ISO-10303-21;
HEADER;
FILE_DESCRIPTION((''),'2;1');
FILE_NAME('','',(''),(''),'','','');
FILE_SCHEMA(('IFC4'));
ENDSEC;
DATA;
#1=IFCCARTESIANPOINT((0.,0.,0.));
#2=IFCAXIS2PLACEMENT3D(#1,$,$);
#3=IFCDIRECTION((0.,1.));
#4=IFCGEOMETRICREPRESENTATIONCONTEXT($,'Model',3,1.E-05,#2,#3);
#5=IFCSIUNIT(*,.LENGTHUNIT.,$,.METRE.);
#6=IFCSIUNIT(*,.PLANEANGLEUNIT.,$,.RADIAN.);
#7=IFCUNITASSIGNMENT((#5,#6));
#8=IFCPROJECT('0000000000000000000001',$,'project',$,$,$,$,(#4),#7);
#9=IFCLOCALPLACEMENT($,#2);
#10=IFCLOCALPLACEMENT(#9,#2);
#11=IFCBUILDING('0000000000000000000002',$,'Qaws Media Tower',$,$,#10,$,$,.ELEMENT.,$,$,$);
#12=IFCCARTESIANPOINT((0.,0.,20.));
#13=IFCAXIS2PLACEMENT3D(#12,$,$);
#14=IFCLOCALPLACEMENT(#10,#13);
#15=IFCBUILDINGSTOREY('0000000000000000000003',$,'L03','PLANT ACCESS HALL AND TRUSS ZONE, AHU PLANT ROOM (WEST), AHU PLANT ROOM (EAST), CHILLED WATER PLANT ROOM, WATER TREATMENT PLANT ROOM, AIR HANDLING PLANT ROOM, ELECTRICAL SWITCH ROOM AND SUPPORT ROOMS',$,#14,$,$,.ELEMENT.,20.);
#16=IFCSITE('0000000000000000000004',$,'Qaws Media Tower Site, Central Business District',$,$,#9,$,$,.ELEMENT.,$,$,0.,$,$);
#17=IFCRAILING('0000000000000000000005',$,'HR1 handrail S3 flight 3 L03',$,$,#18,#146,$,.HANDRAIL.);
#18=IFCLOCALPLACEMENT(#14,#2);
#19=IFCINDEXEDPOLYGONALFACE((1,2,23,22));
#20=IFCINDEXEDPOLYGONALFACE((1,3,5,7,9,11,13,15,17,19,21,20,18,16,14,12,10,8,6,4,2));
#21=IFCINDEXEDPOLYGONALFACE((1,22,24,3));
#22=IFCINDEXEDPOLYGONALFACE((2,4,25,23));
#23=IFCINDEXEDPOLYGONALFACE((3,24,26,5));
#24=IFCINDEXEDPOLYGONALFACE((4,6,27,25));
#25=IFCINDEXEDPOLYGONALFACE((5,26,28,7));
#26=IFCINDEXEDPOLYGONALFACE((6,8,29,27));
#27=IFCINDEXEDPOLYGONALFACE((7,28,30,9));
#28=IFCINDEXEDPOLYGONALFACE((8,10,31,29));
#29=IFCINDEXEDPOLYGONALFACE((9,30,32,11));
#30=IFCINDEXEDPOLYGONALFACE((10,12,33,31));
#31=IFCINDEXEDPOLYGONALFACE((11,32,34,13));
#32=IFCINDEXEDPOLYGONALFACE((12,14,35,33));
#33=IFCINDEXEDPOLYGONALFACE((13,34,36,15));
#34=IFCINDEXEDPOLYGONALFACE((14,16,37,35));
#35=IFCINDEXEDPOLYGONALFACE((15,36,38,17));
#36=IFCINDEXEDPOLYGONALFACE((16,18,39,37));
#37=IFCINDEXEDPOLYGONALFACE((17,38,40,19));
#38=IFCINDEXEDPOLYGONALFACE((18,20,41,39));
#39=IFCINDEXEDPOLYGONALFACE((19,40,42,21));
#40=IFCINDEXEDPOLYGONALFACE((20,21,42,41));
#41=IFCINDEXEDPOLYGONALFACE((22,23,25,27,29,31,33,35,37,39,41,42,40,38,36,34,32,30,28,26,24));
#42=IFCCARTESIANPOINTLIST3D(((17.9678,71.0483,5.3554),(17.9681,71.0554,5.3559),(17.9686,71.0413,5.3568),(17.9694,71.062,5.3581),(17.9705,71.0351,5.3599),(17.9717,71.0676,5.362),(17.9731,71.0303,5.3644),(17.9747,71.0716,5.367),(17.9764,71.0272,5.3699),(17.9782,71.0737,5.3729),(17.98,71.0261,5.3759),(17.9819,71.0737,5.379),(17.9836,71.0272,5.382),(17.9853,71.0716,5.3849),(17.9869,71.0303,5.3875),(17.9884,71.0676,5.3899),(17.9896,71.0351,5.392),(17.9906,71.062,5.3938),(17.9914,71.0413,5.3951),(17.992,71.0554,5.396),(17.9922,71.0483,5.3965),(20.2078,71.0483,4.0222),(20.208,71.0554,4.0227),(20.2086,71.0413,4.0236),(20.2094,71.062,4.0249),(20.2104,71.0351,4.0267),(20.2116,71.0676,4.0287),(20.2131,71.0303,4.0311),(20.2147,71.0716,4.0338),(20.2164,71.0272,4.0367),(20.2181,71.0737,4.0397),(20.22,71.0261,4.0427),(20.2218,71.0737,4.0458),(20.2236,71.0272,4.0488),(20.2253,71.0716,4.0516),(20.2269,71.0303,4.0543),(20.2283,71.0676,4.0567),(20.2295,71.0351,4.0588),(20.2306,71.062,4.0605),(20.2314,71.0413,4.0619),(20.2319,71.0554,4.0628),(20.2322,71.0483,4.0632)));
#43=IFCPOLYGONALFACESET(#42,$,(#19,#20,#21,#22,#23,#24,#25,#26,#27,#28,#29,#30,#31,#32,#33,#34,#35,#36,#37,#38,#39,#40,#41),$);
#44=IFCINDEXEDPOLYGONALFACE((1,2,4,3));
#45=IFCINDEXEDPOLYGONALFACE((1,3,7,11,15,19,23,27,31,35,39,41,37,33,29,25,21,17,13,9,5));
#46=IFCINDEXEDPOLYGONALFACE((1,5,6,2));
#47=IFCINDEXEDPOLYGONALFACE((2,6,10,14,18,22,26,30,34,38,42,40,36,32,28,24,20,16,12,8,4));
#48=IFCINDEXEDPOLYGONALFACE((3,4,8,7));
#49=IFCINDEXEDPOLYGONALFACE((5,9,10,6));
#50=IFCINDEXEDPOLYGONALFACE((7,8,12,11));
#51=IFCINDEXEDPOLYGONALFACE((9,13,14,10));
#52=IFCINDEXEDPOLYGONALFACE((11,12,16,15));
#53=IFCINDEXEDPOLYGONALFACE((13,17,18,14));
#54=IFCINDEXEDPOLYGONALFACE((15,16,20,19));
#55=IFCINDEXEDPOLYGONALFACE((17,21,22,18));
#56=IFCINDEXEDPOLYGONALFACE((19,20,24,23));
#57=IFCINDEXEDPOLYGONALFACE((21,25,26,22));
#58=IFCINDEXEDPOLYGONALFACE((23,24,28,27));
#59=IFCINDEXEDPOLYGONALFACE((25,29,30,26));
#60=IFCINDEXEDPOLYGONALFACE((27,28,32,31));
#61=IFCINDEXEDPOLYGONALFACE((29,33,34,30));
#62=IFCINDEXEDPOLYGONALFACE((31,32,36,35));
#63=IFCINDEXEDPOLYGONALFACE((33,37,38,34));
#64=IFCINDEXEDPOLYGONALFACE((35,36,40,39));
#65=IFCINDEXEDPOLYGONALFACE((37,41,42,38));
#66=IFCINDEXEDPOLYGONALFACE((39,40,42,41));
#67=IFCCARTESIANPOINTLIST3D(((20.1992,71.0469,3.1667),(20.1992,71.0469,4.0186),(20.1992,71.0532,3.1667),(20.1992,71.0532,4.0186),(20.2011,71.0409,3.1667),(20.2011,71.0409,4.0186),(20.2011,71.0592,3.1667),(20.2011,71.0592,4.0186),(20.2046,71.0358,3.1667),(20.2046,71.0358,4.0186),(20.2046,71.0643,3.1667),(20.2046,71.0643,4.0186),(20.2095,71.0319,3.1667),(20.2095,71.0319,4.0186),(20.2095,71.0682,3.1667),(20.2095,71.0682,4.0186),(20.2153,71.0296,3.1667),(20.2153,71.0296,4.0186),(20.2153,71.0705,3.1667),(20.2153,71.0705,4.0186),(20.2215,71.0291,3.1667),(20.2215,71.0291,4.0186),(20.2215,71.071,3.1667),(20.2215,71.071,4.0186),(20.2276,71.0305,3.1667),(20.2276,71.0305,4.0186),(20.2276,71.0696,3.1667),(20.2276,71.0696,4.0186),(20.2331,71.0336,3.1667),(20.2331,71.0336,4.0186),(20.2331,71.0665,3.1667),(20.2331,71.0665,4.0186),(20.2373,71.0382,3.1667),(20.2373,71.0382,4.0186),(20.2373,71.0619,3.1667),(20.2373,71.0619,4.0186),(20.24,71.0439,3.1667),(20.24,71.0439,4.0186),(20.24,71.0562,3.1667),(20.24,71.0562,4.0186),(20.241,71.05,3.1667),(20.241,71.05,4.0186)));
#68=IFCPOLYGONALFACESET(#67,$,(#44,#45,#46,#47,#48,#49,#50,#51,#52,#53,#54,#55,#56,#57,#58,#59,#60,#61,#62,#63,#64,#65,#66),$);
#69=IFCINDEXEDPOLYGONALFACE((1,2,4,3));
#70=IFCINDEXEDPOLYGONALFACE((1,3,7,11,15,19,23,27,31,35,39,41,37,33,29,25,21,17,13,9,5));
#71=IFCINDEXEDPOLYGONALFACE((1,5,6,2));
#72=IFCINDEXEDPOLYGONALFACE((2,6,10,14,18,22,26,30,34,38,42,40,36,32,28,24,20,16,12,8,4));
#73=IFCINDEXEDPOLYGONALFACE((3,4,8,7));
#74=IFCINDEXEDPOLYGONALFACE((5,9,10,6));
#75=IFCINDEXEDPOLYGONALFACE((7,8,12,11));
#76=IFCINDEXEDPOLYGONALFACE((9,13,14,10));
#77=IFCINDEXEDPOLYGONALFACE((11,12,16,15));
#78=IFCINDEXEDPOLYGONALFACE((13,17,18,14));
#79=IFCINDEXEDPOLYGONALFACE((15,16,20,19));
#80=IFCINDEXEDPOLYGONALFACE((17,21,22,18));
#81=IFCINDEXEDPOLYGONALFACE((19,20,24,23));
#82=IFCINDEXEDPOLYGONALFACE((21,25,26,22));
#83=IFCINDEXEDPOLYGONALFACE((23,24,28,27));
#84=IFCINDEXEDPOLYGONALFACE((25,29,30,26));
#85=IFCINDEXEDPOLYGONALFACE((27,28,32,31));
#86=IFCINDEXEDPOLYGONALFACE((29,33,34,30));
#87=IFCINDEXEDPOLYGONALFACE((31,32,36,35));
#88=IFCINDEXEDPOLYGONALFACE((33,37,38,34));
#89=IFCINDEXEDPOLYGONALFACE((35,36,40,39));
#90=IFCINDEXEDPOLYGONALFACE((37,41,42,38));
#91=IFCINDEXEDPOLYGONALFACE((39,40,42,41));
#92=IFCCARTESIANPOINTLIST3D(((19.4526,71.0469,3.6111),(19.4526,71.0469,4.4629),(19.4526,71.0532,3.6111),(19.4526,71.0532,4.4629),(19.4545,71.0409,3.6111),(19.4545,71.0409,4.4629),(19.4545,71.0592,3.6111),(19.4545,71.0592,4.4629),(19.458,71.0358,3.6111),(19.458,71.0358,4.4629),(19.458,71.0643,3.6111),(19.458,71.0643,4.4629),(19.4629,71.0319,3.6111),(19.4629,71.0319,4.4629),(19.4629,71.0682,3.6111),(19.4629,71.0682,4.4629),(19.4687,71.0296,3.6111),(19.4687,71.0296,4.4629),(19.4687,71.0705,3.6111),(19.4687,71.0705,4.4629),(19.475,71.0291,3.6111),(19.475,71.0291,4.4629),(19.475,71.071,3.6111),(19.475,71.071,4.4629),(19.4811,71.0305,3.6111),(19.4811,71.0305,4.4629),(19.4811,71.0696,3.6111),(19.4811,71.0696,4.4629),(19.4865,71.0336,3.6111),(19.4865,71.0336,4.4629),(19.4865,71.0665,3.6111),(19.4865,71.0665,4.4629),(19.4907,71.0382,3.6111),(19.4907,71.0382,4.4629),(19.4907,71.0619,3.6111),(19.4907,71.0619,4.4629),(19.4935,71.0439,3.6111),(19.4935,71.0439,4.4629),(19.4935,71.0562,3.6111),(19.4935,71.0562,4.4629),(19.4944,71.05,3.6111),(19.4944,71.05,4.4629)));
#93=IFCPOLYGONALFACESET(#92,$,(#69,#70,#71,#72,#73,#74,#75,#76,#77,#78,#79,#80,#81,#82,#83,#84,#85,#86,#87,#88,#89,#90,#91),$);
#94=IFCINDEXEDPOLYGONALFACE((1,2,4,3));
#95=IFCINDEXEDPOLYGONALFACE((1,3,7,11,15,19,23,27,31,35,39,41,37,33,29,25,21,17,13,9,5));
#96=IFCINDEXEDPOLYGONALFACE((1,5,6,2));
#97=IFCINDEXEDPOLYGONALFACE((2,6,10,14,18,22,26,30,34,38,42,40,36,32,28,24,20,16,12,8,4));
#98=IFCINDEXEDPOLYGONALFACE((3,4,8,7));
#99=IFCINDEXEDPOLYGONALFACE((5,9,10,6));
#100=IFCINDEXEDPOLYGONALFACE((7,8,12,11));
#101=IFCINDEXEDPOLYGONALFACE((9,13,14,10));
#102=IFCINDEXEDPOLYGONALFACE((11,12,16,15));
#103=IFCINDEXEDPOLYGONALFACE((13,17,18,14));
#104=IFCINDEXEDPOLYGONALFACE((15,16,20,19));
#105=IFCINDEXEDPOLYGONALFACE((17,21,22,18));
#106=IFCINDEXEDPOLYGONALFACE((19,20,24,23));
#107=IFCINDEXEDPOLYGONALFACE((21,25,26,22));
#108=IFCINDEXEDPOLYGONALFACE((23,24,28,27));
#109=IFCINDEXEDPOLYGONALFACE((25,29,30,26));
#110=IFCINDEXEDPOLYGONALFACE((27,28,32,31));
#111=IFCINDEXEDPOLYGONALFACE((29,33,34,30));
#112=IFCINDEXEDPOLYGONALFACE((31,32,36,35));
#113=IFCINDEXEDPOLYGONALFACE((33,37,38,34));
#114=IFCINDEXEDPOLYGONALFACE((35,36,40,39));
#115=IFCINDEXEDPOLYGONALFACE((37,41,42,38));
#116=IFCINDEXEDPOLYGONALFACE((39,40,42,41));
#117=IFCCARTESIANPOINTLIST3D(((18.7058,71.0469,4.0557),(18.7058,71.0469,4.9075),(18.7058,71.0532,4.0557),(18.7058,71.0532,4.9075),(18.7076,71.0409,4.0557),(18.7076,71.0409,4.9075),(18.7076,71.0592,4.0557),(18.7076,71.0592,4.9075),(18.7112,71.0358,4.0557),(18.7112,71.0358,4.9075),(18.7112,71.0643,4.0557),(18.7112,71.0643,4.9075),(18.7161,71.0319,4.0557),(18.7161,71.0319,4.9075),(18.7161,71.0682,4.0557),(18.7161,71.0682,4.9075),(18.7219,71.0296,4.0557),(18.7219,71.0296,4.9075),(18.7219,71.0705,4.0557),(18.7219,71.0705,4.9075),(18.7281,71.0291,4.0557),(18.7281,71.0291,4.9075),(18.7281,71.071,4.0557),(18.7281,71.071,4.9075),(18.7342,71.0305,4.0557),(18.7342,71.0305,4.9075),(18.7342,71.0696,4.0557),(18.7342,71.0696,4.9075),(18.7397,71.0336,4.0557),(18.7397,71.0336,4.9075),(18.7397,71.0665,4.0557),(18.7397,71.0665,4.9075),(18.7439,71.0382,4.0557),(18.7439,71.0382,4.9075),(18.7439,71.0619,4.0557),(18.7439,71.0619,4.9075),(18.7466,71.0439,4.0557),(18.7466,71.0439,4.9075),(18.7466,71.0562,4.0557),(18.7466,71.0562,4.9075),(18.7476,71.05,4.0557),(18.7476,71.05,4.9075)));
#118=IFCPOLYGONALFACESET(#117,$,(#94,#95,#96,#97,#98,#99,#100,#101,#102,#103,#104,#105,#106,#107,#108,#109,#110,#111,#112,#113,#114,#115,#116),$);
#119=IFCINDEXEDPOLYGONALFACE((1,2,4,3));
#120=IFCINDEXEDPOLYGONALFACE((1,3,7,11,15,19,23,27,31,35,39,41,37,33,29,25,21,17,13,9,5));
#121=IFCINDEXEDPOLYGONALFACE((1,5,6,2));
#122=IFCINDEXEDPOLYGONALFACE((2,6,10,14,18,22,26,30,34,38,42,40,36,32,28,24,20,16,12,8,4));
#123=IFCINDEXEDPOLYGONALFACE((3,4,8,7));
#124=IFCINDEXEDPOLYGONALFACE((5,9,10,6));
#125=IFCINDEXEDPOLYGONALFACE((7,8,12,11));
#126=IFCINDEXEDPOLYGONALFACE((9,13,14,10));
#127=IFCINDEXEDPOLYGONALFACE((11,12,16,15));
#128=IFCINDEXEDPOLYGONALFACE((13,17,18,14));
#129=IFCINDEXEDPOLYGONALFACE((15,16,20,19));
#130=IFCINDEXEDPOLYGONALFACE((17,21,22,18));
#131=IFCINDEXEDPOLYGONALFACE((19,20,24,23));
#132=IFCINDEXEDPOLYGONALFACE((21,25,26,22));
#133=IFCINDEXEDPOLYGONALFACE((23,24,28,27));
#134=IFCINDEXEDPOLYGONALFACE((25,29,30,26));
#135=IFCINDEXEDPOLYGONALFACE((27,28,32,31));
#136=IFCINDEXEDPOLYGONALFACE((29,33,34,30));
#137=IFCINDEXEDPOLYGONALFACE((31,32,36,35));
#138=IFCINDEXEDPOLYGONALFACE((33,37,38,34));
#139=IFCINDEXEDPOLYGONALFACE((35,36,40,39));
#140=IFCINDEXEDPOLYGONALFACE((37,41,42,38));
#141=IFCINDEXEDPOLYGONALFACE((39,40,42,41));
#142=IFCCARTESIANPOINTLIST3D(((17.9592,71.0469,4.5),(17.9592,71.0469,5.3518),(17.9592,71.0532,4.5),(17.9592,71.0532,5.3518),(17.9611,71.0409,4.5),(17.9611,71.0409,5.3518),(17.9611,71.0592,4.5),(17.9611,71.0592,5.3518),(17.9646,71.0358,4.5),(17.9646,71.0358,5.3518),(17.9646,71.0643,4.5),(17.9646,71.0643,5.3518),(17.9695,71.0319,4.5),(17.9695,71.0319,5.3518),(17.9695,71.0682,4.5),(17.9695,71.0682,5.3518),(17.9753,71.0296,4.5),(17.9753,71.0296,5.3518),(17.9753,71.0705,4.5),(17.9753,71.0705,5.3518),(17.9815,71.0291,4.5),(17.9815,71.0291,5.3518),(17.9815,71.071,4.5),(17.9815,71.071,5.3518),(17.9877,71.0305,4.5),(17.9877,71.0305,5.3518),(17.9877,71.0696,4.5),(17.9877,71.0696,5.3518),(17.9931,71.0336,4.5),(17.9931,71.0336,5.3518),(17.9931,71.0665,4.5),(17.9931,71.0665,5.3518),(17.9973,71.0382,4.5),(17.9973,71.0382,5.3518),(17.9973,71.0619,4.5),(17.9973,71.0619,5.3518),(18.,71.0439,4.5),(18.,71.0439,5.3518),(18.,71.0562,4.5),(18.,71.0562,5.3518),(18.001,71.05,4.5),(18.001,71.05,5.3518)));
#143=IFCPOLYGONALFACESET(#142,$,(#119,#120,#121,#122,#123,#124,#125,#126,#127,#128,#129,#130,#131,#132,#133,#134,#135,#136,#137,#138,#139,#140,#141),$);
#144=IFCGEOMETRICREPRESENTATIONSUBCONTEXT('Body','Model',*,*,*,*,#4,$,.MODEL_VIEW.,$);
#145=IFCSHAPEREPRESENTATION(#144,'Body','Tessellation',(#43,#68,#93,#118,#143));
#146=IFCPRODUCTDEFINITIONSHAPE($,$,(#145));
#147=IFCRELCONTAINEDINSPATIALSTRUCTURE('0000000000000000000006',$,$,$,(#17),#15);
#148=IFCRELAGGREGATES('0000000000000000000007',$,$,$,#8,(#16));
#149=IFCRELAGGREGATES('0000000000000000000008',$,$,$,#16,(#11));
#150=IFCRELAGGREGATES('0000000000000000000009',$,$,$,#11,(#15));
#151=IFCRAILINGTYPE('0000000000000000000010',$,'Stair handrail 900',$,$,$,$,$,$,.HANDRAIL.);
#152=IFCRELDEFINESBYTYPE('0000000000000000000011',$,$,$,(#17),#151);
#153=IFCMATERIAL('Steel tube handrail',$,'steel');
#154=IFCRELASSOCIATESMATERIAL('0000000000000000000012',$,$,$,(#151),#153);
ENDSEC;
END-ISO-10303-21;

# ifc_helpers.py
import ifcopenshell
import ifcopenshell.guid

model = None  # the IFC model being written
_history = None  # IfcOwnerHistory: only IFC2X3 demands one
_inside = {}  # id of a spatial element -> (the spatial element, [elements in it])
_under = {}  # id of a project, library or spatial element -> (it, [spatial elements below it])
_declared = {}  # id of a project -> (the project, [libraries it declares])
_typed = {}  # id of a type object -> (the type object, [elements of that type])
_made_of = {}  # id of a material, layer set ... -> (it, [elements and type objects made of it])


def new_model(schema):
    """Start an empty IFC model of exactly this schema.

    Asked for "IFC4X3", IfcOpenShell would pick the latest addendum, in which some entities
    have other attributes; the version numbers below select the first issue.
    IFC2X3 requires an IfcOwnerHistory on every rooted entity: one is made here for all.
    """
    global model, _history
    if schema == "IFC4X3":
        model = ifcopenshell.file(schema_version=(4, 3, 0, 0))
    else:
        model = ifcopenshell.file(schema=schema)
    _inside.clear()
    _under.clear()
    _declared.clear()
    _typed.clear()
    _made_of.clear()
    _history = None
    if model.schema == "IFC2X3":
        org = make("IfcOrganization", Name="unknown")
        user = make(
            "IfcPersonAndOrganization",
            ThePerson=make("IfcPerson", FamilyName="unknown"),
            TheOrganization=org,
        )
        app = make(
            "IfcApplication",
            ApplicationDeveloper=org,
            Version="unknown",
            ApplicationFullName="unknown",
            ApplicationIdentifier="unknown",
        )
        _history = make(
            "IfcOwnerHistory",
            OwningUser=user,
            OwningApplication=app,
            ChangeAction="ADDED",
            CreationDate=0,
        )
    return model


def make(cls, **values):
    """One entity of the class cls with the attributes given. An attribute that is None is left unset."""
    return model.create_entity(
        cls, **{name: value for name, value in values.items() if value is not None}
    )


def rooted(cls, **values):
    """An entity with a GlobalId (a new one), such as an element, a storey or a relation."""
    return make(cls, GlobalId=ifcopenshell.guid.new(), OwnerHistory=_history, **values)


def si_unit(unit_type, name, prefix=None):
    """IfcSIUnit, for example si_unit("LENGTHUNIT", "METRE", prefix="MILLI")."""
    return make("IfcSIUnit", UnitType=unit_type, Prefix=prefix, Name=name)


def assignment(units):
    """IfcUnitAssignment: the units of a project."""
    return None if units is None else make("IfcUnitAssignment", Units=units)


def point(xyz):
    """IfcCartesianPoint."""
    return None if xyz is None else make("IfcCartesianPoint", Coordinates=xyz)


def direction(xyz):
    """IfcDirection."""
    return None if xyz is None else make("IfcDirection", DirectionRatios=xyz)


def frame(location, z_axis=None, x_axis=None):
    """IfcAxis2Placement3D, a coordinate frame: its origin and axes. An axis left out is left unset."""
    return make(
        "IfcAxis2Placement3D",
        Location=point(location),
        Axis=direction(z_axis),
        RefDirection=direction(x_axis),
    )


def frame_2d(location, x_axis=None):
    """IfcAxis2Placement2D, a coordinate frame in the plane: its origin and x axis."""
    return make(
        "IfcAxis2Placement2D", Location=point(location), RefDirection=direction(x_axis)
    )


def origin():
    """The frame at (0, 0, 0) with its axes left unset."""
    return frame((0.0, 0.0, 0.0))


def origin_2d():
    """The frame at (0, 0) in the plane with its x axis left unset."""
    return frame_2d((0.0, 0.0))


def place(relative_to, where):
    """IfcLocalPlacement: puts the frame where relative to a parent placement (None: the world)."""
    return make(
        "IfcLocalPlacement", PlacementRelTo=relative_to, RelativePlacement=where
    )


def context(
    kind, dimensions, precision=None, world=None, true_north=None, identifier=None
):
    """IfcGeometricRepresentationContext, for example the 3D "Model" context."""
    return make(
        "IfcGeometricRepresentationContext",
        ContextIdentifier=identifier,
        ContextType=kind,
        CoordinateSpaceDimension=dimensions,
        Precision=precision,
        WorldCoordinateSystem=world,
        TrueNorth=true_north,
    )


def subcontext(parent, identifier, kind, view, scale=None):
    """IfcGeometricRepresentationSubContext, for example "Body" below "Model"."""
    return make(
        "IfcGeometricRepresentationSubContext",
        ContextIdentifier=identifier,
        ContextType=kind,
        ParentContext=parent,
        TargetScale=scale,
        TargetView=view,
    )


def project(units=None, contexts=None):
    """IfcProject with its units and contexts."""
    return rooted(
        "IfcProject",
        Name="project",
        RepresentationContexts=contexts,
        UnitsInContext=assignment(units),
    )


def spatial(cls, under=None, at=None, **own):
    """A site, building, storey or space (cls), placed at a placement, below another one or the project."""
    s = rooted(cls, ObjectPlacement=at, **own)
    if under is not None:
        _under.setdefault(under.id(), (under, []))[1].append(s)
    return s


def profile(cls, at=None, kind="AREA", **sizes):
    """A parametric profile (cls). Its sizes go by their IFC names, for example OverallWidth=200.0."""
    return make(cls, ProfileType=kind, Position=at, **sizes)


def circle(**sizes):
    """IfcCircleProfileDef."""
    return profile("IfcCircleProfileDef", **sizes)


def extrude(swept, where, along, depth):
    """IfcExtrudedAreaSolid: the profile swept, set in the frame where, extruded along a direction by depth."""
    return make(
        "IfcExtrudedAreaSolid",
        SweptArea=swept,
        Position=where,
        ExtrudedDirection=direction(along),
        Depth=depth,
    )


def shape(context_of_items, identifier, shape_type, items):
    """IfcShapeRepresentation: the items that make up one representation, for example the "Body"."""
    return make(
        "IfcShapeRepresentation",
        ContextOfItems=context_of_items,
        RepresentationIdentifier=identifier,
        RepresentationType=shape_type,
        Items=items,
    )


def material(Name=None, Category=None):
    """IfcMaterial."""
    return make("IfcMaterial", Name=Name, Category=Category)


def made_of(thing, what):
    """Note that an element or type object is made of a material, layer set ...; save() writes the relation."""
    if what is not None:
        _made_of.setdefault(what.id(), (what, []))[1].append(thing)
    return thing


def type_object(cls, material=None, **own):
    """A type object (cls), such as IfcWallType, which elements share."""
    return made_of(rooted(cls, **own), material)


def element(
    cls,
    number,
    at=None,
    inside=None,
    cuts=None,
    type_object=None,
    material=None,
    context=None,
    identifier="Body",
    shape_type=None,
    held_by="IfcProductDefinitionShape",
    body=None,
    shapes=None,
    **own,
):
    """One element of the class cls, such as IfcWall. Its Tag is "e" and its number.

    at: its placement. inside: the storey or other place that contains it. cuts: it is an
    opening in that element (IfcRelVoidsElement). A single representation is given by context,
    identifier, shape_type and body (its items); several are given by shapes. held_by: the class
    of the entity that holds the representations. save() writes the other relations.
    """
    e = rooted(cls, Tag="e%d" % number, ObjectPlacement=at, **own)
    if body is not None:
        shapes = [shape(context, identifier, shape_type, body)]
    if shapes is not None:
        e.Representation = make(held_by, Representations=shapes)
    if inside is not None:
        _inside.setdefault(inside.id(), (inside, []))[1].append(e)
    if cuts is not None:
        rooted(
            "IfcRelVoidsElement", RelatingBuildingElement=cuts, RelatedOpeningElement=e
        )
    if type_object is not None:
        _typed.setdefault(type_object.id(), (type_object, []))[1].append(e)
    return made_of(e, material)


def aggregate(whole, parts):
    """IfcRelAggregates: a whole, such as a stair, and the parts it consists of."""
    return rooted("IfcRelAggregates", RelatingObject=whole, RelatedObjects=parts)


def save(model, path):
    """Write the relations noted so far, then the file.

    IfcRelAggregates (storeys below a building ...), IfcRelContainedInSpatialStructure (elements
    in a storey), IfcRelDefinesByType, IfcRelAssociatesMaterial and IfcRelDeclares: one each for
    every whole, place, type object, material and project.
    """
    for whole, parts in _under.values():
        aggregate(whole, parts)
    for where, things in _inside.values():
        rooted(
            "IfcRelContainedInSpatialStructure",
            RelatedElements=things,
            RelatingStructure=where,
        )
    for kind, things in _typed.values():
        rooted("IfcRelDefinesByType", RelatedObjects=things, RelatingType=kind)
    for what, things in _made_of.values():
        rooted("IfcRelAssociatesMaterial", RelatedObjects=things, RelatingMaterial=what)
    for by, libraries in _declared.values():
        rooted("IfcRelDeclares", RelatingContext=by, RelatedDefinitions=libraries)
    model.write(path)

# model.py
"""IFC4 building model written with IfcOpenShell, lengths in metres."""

from ifc_helpers import new_model, si_unit, direction, frame, origin, origin_2d, place, context, subcontext, project, spatial, circle, extrude, material, type_object, element, save


model = new_model("IFC4")

# Units and contexts
model_context = context("Model", 3, precision=1e-05, world=origin(), true_north=direction((0.0, 1.0)))
body_context = subcontext(model_context, "Body", "Model", "MODEL_VIEW")
ifc_project = project(units=[si_unit("LENGTHUNIT", "METRE"), si_unit("PLANEANGLEUNIT", "RADIAN")], contexts=[model_context])

# Site, building, storey
site_placement = place(None, origin())
site = spatial("IfcSite", under=ifc_project, at=site_placement, Name="Qaws Media Tower Site, Central Business District", CompositionType="ELEMENT", RefElevation=0.0)
building_placement = place(site_placement, origin())
building = spatial("IfcBuilding", under=site, at=building_placement, Name="Qaws Media Tower", CompositionType="ELEMENT")
storey_placement = place(building_placement, frame((0.0, 0.0, 20.0)))
storey = spatial("IfcBuildingStorey", under=building, at=storey_placement, Name="L03", Description="PLANT ACCESS HALL AND TRUSS ZONE, AHU PLANT ROOM (WEST), AHU PLANT ROOM (EAST), CHILLED WATER PLANT ROOM, WATER TREATMENT PLANT ROOM, AIR HANDLING PLANT ROOM, ELECTRICAL SWITCH ROOM AND SUPPORT ROOMS", CompositionType="ELEMENT", Elevation=20.0)

# Railing
ifc_material_1 = material(Name="Steel tube handrail", Category="steel")
railing_type_1 = type_object("IfcRailingType", Name="Stair handrail 900", PredefinedType="HANDRAIL", material=ifc_material_1)
railing_1_placement = place(storey_placement, frame((20.22, 71.05, 3.1667)))
element("IfcRailing", 1, at=railing_1_placement, inside=storey, type_object=railing_type_1, Name="HR1 handrail S3 flight 3 L03", PredefinedType="HANDRAIL", context=body_context, shape_type="SweptSolid", body=[
    extrude(circle(Radius=0.0239, at=origin_2d()), frame((0.0, 0.0, 0.876), z_axis=(-0.859306, 0.0, 0.511462), x_axis=(0.0, -1.0, 0.0)), (0.0, 0.0, 1.0), 2.6067),
    extrude(circle(Radius=0.021, at=origin_2d()), origin(), (0.0, 0.0, 1.0), 0.8518),
    extrude(circle(Radius=0.021, at=origin_2d()), frame((-0.7466, 0.0, 0.4443)), (0.0, 0.0, 1.0), 0.8518),
    extrude(circle(Radius=0.021, at=origin_2d()), frame((-1.4934, 0.0, 0.8889)), (0.0, 0.0, 1.0), 0.8518),
    extrude(circle(Radius=0.021, at=origin_2d()), frame((-2.24, 0.0, 1.3333)), (0.0, 0.0, 1.0), 0.8518),
])

save(model, "model.ifc")
